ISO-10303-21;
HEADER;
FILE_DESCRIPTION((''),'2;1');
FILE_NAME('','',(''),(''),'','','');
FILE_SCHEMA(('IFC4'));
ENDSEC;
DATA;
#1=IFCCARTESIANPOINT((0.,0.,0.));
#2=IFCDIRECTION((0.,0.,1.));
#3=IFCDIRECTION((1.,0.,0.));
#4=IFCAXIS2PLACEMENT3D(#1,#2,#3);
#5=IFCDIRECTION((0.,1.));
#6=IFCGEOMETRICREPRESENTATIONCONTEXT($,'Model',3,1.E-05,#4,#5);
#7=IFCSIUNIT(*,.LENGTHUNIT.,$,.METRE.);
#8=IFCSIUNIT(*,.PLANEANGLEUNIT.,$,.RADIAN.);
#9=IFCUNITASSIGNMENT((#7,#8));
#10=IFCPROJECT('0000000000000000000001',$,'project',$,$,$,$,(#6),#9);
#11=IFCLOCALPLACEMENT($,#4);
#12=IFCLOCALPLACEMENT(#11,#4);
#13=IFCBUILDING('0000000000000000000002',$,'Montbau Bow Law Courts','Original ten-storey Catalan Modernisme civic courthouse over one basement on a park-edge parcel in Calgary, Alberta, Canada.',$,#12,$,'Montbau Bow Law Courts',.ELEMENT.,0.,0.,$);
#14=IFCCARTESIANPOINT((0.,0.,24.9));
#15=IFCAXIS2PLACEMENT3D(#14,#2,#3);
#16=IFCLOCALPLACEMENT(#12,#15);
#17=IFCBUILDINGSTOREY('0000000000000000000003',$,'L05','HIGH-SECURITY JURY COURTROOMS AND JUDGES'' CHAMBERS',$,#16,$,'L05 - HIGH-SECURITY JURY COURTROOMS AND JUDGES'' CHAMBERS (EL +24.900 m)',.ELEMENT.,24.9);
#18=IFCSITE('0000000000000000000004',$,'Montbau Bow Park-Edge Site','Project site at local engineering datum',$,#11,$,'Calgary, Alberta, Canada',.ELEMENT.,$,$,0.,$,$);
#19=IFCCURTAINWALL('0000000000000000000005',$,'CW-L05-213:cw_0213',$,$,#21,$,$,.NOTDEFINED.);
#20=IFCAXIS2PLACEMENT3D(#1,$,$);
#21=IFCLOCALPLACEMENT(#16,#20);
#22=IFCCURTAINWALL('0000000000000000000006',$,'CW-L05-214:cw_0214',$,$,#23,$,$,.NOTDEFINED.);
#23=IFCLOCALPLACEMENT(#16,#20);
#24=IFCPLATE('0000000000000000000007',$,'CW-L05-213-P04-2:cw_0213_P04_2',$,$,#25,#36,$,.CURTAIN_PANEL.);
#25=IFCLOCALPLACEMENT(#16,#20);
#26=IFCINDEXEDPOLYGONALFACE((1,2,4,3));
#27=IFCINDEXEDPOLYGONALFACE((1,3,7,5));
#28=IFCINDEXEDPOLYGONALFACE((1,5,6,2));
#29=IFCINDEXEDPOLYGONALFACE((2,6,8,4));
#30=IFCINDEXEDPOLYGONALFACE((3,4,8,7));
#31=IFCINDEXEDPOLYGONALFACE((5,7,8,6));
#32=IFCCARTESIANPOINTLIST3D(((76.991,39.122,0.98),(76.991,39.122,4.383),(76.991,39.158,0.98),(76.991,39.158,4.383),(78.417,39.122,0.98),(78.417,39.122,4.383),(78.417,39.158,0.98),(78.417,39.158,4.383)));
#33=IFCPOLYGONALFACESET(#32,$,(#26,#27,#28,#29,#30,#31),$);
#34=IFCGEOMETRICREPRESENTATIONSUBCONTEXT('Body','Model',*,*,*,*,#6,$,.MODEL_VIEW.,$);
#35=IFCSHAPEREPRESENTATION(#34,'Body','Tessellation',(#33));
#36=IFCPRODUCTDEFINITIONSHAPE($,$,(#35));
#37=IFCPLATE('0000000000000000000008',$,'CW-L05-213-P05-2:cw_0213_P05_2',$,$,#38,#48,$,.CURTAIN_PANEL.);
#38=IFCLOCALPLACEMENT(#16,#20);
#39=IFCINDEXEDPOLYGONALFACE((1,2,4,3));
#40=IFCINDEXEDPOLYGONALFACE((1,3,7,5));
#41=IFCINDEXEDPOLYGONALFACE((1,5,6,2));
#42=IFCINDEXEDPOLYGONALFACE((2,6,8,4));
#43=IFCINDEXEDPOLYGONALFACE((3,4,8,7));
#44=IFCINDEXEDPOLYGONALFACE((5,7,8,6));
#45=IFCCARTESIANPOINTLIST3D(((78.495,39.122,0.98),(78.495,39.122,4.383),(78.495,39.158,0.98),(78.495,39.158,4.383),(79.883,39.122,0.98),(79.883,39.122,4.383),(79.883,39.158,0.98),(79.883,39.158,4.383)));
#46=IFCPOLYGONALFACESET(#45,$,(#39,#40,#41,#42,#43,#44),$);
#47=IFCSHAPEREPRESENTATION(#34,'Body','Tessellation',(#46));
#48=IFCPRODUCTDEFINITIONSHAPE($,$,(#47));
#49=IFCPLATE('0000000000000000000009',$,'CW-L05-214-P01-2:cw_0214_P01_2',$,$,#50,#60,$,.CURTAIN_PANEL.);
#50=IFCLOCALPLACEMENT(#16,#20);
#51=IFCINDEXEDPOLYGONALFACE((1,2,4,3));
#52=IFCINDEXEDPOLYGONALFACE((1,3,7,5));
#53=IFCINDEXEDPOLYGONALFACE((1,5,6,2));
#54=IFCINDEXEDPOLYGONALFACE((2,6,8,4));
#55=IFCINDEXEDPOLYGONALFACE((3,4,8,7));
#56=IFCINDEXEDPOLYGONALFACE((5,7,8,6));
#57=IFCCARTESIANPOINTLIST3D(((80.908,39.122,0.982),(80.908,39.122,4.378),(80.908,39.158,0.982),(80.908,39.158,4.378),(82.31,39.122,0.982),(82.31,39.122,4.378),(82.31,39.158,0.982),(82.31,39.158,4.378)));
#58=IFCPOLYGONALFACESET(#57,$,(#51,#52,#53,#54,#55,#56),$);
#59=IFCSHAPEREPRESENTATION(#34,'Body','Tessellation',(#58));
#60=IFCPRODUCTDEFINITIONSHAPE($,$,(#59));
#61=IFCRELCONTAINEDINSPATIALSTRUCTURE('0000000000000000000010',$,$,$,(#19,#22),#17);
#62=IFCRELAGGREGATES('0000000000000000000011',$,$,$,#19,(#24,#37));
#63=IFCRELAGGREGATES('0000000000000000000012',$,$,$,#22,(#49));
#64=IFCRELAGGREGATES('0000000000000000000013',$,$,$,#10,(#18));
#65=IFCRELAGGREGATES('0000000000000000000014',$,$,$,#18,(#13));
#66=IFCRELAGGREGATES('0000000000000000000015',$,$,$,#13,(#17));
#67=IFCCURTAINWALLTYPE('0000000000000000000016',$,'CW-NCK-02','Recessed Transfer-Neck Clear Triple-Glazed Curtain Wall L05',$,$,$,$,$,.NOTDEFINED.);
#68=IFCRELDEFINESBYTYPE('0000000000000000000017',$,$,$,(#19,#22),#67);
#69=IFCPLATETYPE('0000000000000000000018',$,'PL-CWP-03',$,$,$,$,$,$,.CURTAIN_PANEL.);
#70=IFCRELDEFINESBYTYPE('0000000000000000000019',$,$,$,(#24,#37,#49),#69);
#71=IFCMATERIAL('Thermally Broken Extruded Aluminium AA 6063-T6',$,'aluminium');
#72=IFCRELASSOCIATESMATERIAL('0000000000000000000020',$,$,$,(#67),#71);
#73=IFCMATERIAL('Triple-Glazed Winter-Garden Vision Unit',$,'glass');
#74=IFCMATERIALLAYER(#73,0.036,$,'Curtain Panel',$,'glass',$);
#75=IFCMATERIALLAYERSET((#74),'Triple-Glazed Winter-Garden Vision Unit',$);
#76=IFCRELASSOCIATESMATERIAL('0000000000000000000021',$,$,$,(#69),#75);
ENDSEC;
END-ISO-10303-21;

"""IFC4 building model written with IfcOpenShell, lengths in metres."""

from ifc_helpers import new_model, si_unit, direction, frame, frame_2d, origin_with_axes, place, context, subcontext, project, spatial, rectangle, extrude, material, layer, layer_set, type_object, element, aggregate, save


model = new_model("IFC4")

# Units and contexts
model_context = context("Model", 3, precision=1e-05, world=origin_with_axes(), true_north=direction((0.0, 1.0)))
body_context = subcontext(model_context, "Body", "Model", "MODEL_VIEW")
ifc_project = project(units=[si_unit("LENGTHUNIT", "METRE"), si_unit("PLANEANGLEUNIT", "RADIAN")], contexts=[model_context])

# Site, building, storey
site_placement = place(None, origin_with_axes())
site = spatial("IfcSite", under=ifc_project, at=site_placement, Name="Montbau Bow Park-Edge Site", Description="Project site at local engineering datum", LongName="Calgary, Alberta, Canada", CompositionType="ELEMENT", RefElevation=0.0)
building_placement = place(site_placement, origin_with_axes())
building = spatial("IfcBuilding", under=site, at=building_placement, Name="Montbau Bow Law Courts", Description="Original ten-storey Catalan Modernisme civic courthouse over one basement on a park-edge parcel in Calgary, Alberta, Canada.", LongName="Montbau Bow Law Courts", CompositionType="ELEMENT", ElevationOfRefHeight=0.0, ElevationOfTerrain=0.0)
storey_placement = place(building_placement, frame((0.0, 0.0, 24.9), z_axis=(0.0, 0.0, 1.0), x_axis=(1.0, 0.0, 0.0)))
storey = spatial("IfcBuildingStorey", under=building, at=storey_placement, Name="L05", Description="HIGH-SECURITY JURY COURTROOMS AND JUDGES' CHAMBERS", LongName="L05 - HIGH-SECURITY JURY COURTROOMS AND JUDGES' CHAMBERS (EL +24.900 m)", CompositionType="ELEMENT", Elevation=24.9)

# Curtain walls
ifc_material_1 = material(Name="Thermally Broken Extruded Aluminium AA 6063-T6", Category="aluminium")
curtain_wall_type = type_object("IfcCurtainWallType", Name="CW-NCK-02", Description="Recessed Transfer-Neck Clear Triple-Glazed Curtain Wall L05", PredefinedType="NOTDEFINED", material=ifc_material_1)
curtain_wall_1_placement = place(None, frame((72.44, 39.14, 24.9), z_axis=(0.0, 0.0, 1.0), x_axis=(1.0, 0.0, 0.0)))
curtain_wall_1 = element("IfcCurtainWall", 1, at=curtain_wall_1_placement, inside=storey, type_object=curtain_wall_type, Name="CW-L05-213:cw_0213", PredefinedType="NOTDEFINED")
curtain_wall_2_placement = place(None, frame((80.84, 39.14, 24.9), z_axis=(0.0, 0.0, 1.0), x_axis=(1.0, 0.0, 0.0)))
curtain_wall_2 = element("IfcCurtainWall", 2, at=curtain_wall_2_placement, inside=storey, type_object=curtain_wall_type, Name="CW-L05-214:cw_0214", PredefinedType="NOTDEFINED")

# Plates
ifc_material_2 = material(Name="Triple-Glazed Winter-Garden Vision Unit", Category="glass")
ifc_layer_1 = layer(ifc_material_2, 0.036, Name="Curtain Panel", Category="glass")
ifc_layer_set_1 = layer_set([ifc_layer_1], Name="Triple-Glazed Winter-Garden Vision Unit")
plate_type_1 = type_object("IfcPlateType", Name="PL-CWP-03", PredefinedType="CURTAIN_PANEL", material=ifc_layer_set_1)
plate_1_placement = place(None, frame((76.991, 39.14, 25.88), z_axis=(0.0, -1.0, 0.0), x_axis=(1.0, 0.0, 0.0)))
plate_1 = element("IfcPlate", 3, at=plate_1_placement, type_object=plate_type_1, Name="CW-L05-213-P04-2:cw_0213_P04_2", PredefinedType="CURTAIN_PANEL", context=body_context, shape_type="SweptSolid", body=[
    extrude(rectangle(XDim=1.426, YDim=3.403, at=frame_2d((0.713, 1.7015), x_axis=(1.0, 0.0))), frame((0.0, 0.0, -0.018), z_axis=(0.0, 0.0, 1.0), x_axis=(1.0, 0.0, 0.0)), (0.0, 0.0, 1.0), 0.036),
])
plate_2_placement = place(None, frame((78.495, 39.14, 25.88), z_axis=(0.0, -1.0, 0.0), x_axis=(1.0, 0.0, 0.0)))
plate_2 = element("IfcPlate", 4, at=plate_2_placement, type_object=plate_type_1, Name="CW-L05-213-P05-2:cw_0213_P05_2", PredefinedType="CURTAIN_PANEL", context=body_context, shape_type="SweptSolid", body=[
    extrude(rectangle(XDim=1.388, YDim=3.403, at=frame_2d((0.694, 1.7015), x_axis=(1.0, 0.0))), frame((0.0, 0.0, -0.018), z_axis=(0.0, 0.0, 1.0), x_axis=(1.0, 0.0, 0.0)), (0.0, 0.0, 1.0), 0.036),
])
aggregate(curtain_wall_1, [plate_1, plate_2])
plate_3_placement = place(None, frame((80.908, 39.14, 25.882), z_axis=(0.0, -1.0, 0.0), x_axis=(1.0, 0.0, 0.0)))
plate_3 = element("IfcPlate", 5, at=plate_3_placement, type_object=plate_type_1, Name="CW-L05-214-P01-2:cw_0214_P01_2", PredefinedType="CURTAIN_PANEL", context=body_context, shape_type="SweptSolid", body=[
    extrude(rectangle(XDim=1.402, YDim=3.396, at=frame_2d((0.701, 1.698), x_axis=(1.0, 0.0))), frame((0.0, 0.0, -0.018), z_axis=(0.0, 0.0, 1.0), x_axis=(1.0, 0.0, 0.0)), (0.0, 0.0, 1.0), 0.036),
])
aggregate(curtain_wall_2, [plate_3])

save(model, "model.ifc")
